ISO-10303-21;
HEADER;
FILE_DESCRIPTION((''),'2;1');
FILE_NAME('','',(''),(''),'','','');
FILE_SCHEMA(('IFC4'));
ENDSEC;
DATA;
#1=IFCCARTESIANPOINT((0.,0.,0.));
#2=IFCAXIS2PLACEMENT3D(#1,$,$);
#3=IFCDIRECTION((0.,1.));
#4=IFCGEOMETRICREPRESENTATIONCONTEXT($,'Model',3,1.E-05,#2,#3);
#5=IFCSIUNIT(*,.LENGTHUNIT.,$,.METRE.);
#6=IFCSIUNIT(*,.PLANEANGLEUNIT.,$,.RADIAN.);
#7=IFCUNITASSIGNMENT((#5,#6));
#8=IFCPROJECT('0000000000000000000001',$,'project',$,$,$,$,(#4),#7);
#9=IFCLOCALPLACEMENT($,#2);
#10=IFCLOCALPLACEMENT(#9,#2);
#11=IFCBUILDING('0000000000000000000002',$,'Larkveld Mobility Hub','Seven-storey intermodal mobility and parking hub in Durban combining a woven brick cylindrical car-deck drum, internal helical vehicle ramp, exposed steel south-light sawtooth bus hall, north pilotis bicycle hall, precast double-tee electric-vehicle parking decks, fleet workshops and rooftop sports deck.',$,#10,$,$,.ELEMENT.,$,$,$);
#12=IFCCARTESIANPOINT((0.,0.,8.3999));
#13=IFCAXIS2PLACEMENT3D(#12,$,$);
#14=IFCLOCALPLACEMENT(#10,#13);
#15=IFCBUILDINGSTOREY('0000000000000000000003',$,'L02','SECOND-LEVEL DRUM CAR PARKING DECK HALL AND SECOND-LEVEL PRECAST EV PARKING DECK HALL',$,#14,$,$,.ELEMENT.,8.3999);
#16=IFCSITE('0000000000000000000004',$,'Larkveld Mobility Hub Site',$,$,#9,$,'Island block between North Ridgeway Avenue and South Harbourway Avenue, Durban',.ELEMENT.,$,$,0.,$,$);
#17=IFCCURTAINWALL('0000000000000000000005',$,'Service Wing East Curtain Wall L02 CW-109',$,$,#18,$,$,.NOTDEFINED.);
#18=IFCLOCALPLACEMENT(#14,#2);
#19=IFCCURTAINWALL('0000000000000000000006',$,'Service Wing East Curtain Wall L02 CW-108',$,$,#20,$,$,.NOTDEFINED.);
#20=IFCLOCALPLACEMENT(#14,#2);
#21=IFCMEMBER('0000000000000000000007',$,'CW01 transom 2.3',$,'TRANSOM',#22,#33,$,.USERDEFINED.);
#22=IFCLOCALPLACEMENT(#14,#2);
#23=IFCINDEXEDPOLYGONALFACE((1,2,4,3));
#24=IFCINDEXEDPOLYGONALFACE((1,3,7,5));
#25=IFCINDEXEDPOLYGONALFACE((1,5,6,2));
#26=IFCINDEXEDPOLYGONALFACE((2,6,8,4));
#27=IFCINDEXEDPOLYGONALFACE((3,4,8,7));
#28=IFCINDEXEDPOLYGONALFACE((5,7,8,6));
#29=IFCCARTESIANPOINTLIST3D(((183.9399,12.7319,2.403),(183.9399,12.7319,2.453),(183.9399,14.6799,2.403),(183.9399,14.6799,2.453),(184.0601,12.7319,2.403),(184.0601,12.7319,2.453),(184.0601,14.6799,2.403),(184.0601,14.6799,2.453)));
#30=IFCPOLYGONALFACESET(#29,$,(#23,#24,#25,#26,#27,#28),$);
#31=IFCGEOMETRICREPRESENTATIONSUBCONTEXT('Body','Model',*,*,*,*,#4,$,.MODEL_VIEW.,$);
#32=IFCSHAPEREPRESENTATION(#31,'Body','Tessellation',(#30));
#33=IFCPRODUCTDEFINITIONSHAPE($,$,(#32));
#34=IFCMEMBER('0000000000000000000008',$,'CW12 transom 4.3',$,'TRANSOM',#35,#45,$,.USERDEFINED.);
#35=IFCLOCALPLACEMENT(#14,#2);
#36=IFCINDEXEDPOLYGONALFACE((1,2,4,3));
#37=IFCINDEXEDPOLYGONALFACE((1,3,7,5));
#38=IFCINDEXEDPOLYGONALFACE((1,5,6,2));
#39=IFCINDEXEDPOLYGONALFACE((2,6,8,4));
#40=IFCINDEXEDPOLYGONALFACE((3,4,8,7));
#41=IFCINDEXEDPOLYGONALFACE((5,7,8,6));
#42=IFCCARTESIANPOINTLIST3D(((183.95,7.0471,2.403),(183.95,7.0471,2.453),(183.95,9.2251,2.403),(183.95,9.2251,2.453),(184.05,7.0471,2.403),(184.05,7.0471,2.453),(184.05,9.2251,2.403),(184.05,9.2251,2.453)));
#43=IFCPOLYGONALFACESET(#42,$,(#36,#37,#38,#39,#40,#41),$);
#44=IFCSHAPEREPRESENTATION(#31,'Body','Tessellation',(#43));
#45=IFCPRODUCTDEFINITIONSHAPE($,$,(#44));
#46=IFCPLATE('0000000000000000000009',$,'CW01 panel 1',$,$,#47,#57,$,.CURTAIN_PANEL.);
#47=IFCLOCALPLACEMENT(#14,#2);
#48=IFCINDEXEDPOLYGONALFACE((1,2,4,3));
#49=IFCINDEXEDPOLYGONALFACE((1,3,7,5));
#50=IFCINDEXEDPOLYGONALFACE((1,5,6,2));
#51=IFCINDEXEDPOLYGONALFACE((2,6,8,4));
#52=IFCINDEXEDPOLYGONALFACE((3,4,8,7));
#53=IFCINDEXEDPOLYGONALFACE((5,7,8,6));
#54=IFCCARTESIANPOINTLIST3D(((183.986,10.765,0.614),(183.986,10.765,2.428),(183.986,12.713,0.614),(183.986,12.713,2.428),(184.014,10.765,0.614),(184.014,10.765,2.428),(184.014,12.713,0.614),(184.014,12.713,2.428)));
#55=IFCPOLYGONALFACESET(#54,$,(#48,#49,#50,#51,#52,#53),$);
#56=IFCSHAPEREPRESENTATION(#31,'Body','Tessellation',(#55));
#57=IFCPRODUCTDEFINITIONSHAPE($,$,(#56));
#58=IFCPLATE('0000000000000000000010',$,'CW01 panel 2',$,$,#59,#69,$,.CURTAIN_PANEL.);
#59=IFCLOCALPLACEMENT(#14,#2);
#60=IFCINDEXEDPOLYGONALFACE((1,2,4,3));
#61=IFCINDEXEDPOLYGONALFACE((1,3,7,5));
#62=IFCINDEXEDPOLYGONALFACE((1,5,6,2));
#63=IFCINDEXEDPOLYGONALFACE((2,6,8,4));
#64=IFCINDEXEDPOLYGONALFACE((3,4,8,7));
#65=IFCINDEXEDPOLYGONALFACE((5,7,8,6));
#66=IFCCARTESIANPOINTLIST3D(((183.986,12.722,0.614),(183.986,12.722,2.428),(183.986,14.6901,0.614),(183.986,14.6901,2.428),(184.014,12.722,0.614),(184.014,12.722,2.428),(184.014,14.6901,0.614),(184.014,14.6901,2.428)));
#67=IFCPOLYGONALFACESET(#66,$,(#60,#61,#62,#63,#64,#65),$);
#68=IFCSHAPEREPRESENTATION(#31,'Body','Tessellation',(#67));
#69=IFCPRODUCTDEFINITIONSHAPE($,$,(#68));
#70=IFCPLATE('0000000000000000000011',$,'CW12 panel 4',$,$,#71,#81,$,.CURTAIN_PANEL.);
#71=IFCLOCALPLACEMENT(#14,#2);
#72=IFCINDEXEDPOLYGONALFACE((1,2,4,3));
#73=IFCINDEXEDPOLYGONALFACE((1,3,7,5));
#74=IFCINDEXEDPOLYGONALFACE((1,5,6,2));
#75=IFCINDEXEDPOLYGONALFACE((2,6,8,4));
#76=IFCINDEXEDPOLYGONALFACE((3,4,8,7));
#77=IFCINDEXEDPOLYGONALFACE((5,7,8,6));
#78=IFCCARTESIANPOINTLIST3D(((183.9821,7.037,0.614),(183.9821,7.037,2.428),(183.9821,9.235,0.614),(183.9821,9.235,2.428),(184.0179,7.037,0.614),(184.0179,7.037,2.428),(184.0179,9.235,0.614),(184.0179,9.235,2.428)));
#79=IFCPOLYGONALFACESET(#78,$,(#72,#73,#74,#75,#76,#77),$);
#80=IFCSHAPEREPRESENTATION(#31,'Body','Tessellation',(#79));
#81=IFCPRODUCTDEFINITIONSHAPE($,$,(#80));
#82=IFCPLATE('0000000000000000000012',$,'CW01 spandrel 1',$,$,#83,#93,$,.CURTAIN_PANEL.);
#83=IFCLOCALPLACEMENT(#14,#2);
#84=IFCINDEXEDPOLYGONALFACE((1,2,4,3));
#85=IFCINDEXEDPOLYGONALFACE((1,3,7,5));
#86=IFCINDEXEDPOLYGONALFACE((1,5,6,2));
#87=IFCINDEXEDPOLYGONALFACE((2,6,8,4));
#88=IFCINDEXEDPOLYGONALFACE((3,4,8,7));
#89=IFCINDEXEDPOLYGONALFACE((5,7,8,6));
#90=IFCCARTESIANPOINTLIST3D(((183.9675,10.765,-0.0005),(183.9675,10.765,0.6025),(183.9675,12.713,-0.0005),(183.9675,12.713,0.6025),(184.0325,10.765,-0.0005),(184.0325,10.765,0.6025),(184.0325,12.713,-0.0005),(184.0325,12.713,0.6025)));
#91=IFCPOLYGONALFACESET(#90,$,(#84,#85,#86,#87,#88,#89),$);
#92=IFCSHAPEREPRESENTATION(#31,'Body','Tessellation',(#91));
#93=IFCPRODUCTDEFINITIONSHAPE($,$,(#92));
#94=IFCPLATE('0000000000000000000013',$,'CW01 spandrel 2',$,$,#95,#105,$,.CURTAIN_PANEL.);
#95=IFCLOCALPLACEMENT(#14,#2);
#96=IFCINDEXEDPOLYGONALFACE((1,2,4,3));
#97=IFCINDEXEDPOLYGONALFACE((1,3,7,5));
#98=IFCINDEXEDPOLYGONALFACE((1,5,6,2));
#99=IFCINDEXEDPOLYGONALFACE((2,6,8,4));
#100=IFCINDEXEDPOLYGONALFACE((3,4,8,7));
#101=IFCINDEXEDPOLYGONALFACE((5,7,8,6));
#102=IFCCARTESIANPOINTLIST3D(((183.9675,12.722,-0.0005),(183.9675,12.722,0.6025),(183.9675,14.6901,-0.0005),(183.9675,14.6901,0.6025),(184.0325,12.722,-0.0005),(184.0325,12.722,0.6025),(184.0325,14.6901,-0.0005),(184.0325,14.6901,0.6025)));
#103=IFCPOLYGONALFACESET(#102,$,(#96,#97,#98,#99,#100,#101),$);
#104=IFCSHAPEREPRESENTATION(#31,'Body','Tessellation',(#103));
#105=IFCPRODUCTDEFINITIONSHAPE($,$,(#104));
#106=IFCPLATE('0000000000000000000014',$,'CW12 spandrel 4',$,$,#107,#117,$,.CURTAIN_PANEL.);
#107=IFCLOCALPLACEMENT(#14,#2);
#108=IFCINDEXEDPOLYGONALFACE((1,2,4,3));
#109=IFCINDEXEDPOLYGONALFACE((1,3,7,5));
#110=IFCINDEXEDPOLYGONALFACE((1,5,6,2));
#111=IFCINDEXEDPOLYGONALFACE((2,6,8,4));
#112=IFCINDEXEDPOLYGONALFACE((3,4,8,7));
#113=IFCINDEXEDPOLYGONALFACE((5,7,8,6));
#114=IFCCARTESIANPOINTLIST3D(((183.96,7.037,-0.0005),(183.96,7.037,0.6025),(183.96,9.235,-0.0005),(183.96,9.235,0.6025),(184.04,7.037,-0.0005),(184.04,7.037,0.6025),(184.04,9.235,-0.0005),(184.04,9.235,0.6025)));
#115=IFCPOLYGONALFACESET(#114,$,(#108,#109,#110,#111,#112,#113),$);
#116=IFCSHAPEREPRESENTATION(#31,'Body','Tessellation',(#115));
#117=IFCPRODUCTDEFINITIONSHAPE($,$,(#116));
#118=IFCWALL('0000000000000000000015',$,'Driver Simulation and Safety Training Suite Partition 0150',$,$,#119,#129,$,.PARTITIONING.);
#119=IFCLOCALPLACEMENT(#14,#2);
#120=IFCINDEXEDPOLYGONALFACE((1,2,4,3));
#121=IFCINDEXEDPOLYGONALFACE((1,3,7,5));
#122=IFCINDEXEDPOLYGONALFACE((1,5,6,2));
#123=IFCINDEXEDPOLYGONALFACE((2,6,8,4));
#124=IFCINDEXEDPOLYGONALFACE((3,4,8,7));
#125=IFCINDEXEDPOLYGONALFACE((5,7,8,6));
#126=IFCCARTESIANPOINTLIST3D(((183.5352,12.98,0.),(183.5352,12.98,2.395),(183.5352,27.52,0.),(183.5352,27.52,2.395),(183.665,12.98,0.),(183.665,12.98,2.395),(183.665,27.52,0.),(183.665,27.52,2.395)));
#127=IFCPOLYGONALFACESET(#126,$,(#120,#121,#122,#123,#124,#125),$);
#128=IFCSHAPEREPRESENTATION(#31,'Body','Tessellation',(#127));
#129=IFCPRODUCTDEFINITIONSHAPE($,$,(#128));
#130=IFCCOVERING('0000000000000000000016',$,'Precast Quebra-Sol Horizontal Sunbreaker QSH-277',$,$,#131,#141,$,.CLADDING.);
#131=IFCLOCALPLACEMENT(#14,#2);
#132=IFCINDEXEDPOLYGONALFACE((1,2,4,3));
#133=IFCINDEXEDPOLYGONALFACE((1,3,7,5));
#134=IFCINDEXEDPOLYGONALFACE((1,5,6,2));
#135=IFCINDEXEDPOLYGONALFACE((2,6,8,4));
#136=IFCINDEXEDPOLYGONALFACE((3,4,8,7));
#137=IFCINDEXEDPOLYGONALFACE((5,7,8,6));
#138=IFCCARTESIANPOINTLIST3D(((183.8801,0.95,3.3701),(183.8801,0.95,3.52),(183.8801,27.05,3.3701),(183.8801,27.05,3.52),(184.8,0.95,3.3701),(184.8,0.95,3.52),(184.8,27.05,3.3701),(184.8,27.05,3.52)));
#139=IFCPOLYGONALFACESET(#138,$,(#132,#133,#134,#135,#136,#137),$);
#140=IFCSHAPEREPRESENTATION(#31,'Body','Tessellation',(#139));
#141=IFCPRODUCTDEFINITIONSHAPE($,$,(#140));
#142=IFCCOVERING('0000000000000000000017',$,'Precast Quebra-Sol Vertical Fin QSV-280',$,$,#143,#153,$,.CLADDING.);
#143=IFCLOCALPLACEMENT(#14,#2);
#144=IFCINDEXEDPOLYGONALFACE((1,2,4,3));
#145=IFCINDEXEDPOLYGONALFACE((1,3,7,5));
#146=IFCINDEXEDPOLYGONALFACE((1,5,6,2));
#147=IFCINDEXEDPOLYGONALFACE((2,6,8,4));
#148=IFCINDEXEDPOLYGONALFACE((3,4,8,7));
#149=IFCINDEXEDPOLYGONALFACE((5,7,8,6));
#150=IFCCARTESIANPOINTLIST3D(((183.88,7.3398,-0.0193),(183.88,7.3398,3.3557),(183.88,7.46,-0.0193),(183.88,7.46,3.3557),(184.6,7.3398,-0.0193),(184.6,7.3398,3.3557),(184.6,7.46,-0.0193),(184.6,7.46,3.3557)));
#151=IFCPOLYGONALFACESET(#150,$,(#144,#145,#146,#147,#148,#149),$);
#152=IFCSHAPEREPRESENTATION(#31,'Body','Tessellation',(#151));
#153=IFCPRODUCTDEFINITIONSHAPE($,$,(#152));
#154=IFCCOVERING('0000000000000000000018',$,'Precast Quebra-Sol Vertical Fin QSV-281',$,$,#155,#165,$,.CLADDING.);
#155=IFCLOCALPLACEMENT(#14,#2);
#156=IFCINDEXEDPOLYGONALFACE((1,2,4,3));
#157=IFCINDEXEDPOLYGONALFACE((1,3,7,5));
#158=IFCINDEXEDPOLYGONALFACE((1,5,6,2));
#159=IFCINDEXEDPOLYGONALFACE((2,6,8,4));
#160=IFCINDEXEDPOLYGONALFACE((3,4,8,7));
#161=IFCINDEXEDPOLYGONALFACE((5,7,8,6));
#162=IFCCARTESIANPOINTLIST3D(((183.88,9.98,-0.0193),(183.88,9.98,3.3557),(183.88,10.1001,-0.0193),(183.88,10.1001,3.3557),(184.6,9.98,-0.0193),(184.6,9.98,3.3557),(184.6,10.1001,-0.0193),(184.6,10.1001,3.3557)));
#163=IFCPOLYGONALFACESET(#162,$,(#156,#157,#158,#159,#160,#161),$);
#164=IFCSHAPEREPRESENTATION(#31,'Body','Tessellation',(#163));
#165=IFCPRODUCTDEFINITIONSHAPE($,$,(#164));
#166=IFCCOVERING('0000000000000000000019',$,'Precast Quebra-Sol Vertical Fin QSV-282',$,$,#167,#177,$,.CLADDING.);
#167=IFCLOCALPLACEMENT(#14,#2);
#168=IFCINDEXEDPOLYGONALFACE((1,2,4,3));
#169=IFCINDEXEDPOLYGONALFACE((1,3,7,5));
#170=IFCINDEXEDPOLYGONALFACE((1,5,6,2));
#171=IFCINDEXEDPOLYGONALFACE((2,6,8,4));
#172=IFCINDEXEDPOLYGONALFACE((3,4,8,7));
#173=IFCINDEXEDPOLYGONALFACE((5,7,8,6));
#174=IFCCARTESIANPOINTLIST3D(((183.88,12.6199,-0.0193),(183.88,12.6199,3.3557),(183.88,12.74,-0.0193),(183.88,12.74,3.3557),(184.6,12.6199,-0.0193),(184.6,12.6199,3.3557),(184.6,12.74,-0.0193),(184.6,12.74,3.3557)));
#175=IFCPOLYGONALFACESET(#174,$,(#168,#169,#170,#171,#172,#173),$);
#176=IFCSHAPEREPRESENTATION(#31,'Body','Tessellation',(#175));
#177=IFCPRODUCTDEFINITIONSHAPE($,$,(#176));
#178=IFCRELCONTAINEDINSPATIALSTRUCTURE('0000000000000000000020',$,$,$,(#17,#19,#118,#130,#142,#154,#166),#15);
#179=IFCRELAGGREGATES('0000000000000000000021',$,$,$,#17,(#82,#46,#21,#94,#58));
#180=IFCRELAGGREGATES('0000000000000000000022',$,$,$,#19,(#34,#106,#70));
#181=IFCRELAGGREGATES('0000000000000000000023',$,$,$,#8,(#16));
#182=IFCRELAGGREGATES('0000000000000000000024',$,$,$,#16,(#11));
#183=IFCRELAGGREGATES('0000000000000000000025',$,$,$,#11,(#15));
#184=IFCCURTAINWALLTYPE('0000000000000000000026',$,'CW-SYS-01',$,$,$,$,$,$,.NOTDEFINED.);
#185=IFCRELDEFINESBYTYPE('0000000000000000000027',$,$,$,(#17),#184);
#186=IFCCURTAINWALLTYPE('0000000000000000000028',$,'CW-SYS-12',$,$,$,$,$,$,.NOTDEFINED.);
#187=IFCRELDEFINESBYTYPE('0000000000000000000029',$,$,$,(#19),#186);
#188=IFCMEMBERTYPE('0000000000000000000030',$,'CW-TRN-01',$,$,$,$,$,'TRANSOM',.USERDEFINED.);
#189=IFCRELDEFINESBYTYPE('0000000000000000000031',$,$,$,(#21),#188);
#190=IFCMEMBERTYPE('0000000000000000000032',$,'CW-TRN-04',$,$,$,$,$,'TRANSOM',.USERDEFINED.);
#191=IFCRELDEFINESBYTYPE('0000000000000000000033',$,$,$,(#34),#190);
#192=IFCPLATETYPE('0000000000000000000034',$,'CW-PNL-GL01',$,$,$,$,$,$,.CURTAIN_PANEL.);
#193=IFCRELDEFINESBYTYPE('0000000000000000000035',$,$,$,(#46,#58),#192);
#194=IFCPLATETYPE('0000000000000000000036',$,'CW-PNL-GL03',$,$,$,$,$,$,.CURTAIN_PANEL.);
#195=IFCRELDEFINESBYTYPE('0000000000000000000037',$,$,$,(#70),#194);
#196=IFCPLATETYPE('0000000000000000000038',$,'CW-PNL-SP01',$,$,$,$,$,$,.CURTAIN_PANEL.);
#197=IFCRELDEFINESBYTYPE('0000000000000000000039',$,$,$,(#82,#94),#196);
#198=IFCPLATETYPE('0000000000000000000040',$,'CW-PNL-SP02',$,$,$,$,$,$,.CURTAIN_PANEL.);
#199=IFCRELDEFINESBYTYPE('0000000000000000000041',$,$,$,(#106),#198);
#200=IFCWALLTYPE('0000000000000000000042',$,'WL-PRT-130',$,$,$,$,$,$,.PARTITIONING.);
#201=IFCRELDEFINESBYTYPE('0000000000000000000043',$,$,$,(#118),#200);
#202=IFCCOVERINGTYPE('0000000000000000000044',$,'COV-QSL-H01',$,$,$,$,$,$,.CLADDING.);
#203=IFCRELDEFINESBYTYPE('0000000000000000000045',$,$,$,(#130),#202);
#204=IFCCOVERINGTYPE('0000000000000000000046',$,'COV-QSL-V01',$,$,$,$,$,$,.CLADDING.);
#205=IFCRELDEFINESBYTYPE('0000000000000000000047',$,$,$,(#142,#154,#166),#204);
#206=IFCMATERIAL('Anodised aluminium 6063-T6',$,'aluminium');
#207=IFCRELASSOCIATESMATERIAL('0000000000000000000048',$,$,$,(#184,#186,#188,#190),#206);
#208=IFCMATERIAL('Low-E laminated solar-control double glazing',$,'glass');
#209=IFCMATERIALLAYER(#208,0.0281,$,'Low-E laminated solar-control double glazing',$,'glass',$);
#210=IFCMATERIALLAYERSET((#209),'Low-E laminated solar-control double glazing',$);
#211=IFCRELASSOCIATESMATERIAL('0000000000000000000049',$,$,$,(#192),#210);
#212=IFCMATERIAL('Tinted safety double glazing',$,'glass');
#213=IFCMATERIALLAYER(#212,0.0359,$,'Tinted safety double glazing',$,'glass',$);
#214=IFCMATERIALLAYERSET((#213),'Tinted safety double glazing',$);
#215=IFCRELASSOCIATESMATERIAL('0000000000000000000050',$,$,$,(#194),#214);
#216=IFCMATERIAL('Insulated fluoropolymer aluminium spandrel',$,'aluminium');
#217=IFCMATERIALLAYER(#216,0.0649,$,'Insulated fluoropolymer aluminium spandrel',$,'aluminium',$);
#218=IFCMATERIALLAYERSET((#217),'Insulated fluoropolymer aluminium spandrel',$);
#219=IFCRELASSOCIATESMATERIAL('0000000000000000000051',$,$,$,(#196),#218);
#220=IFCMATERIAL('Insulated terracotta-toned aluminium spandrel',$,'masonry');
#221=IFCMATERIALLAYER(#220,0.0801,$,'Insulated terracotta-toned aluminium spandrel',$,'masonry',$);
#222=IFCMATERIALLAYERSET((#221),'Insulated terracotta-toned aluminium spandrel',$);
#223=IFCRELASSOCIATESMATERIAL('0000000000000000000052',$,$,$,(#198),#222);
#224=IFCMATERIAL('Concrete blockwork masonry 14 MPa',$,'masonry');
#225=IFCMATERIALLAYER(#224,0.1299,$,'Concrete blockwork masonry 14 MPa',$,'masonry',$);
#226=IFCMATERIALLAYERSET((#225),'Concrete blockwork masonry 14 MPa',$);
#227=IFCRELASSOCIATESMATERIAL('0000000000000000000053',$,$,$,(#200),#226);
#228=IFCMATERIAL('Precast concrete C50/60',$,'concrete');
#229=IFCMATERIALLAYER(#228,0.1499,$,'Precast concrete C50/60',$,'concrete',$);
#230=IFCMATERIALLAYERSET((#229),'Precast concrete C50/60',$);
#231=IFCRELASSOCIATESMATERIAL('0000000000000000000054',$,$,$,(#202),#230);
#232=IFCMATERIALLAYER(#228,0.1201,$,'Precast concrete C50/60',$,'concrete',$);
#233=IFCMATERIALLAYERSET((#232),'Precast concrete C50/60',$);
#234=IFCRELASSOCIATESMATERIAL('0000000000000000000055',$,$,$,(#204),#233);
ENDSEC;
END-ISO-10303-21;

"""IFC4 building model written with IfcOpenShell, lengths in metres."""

from ifc_helpers import new_model, si_unit, direction, frame, frame_2d, origin, origin_2d, place, context, subcontext, project, spatial, rectangle, extrude, material, layer, layer_set, material_profile, profile_set, type_object, element, aggregate, save


model = new_model("IFC4")

# Units and contexts
model_context = context("Model", 3, precision=1e-05, world=origin(), true_north=direction((0.0, 1.0)))
body_context = subcontext(model_context, "Body", "Model", "MODEL_VIEW")
ifc_project = project(units=[si_unit("LENGTHUNIT", "METRE"), si_unit("PLANEANGLEUNIT", "RADIAN")], contexts=[model_context])

# Site, building, storey
site_placement = place(None, origin())
site = spatial("IfcSite", under=ifc_project, at=site_placement, Name="Larkveld Mobility Hub Site", LongName="Island block between North Ridgeway Avenue and South Harbourway Avenue, Durban", CompositionType="ELEMENT", RefElevation=0.0)
building_placement = place(site_placement, origin())
building = spatial("IfcBuilding", under=site, at=building_placement, Name="Larkveld Mobility Hub", Description="Seven-storey intermodal mobility and parking hub in Durban combining a woven brick cylindrical car-deck drum, internal helical vehicle ramp, exposed steel south-light sawtooth bus hall, north pilotis bicycle hall, precast double-tee electric-vehicle parking decks, fleet workshops and rooftop sports deck.", CompositionType="ELEMENT")
storey_placement = place(building_placement, frame((0.0, 0.0, 8.3999)))
storey = spatial("IfcBuildingStorey", under=building, at=storey_placement, Name="L02", Description="SECOND-LEVEL DRUM CAR PARKING DECK HALL AND SECOND-LEVEL PRECAST EV PARKING DECK HALL", CompositionType="ELEMENT", Elevation=8.3999)

# Shared definitions
ifc_material_1 = material(Name="Precast concrete C50/60", Category="concrete")

# Curtain wall
ifc_material_2 = material(Name="Anodised aluminium 6063-T6", Category="aluminium")
curtain_wall_type_1 = type_object("IfcCurtainWallType", Name="CW-SYS-01", PredefinedType="NOTDEFINED", material=ifc_material_2)
curtain_wall_1_placement = place(storey_placement, origin())
curtain_wall_1 = element("IfcCurtainWall", 1, at=curtain_wall_1_placement, inside=storey, type_object=curtain_wall_type_1, Name="Service Wing East Curtain Wall L02 CW-109", PredefinedType="NOTDEFINED")

# Curtain wall
curtain_wall_type_2 = type_object("IfcCurtainWallType", Name="CW-SYS-12", PredefinedType="NOTDEFINED", material=ifc_material_2)
curtain_wall_2_placement = place(storey_placement, origin())
curtain_wall_2 = element("IfcCurtainWall", 2, at=curtain_wall_2_placement, inside=storey, type_object=curtain_wall_type_2, Name="Service Wing East Curtain Wall L02 CW-108", PredefinedType="NOTDEFINED")

# Members
ifc_material_profile_1 = material_profile(ifc_material_2, rectangle(XDim=0.1201, YDim=0.05, at=origin_2d()), Name="ALU TRAN 50x120")
ifc_profile_set_1 = profile_set([ifc_material_profile_1], Name="Anodised aluminium 6063-T6")
member_type_1 = type_object("IfcMemberType", Name="CW-TRN-01", ElementType="TRANSOM", PredefinedType="USERDEFINED", material=ifc_profile_set_1)
member_1_placement = place(storey_placement, frame((184.0, 12.7319, 2.428), z_axis=(0.0, 1.0, 0.0), x_axis=(-1.0, 0.0, 0.0)))
member_1 = element("IfcMember", 3, at=member_1_placement, type_object=member_type_1, Name="CW01 transom 2.3", ObjectType="TRANSOM", PredefinedType="USERDEFINED", context=body_context, shape_type="SweptSolid", body=[
    extrude(rectangle(XDim=0.1201, YDim=0.05, at=origin_2d()), origin(), (0.0, 0.0, 1.0), 1.948),
])
ifc_material_profile_2 = material_profile(ifc_material_2, rectangle(XDim=0.1001, YDim=0.05, at=origin_2d()), Name="ALU TRAN 50x100")
ifc_profile_set_2 = profile_set([ifc_material_profile_2], Name="Anodised aluminium 6063-T6")
member_type_2 = type_object("IfcMemberType", Name="CW-TRN-04", ElementType="TRANSOM", PredefinedType="USERDEFINED", material=ifc_profile_set_2)
member_2_placement = place(storey_placement, frame((184.0, 7.0471, 2.428), z_axis=(0.0, 1.0, 0.0), x_axis=(-1.0, 0.0, 0.0)))
member_2 = element("IfcMember", 4, at=member_2_placement, type_object=member_type_2, Name="CW12 transom 4.3", ObjectType="TRANSOM", PredefinedType="USERDEFINED", context=body_context, shape_type="SweptSolid", body=[
    extrude(rectangle(XDim=0.1001, YDim=0.05, at=origin_2d()), origin(), (0.0, 0.0, 1.0), 2.178),
])

# Plates
ifc_material_3 = material(Name="Low-E laminated solar-control double glazing", Category="glass")
ifc_layer_1 = layer(ifc_material_3, 0.0281, Name="Low-E laminated solar-control double glazing", Category="glass")
ifc_layer_set_1 = layer_set([ifc_layer_1], Name="Low-E laminated solar-control double glazing")
plate_type_1 = type_object("IfcPlateType", Name="CW-PNL-GL01", PredefinedType="CURTAIN_PANEL", material=ifc_layer_set_1)
plate_1_placement = place(storey_placement, frame((184.0, 11.739, 0.614), z_axis=(0.0, 0.0, 1.0), x_axis=(0.0, 1.0, 0.0)))
plate_1 = element("IfcPlate", 5, at=plate_1_placement, type_object=plate_type_1, Name="CW01 panel 1", PredefinedType="CURTAIN_PANEL", context=body_context, shape_type="SweptSolid", body=[
    extrude(rectangle(XDim=1.948, YDim=0.0281, at=origin_2d()), origin(), (0.0, 0.0, 1.0), 1.814),
])
plate_2_placement = place(storey_placement, frame((184.0, 13.7061, 0.614), z_axis=(0.0, 0.0, 1.0), x_axis=(0.0, 1.0, 0.0)))
plate_2 = element("IfcPlate", 6, at=plate_2_placement, type_object=plate_type_1, Name="CW01 panel 2", PredefinedType="CURTAIN_PANEL", context=body_context, shape_type="SweptSolid", body=[
    extrude(rectangle(XDim=1.968, YDim=0.0281, at=origin_2d()), origin(), (0.0, 0.0, 1.0), 1.814),
])
ifc_material_4 = material(Name="Tinted safety double glazing", Category="glass")
ifc_layer_2 = layer(ifc_material_4, 0.0359, Name="Tinted safety double glazing", Category="glass")
ifc_layer_set_2 = layer_set([ifc_layer_2], Name="Tinted safety double glazing")
plate_type_2 = type_object("IfcPlateType", Name="CW-PNL-GL03", PredefinedType="CURTAIN_PANEL", material=ifc_layer_set_2)
plate_3_placement = place(storey_placement, frame((184.0, 8.136, 0.614), z_axis=(0.0, 0.0, 1.0), x_axis=(0.0, 1.0, 0.0)))
plate_3 = element("IfcPlate", 7, at=plate_3_placement, type_object=plate_type_2, Name="CW12 panel 4", PredefinedType="CURTAIN_PANEL", context=body_context, shape_type="SweptSolid", body=[
    extrude(rectangle(XDim=2.198, YDim=0.0359, at=origin_2d()), origin(), (0.0, 0.0, 1.0), 1.814),
])
ifc_material_5 = material(Name="Insulated fluoropolymer aluminium spandrel", Category="aluminium")
ifc_layer_3 = layer(ifc_material_5, 0.0649, Name="Insulated fluoropolymer aluminium spandrel", Category="aluminium")
ifc_layer_set_3 = layer_set([ifc_layer_3], Name="Insulated fluoropolymer aluminium spandrel")
plate_type_3 = type_object("IfcPlateType", Name="CW-PNL-SP01", PredefinedType="CURTAIN_PANEL", material=ifc_layer_set_3)
plate_4_placement = place(storey_placement, frame((184.0, 11.739, -0.0005), z_axis=(0.0, 0.0, 1.0), x_axis=(0.0, 1.0, 0.0)))
plate_4 = element("IfcPlate", 8, at=plate_4_placement, type_object=plate_type_3, Name="CW01 spandrel 1", PredefinedType="CURTAIN_PANEL", context=body_context, shape_type="SweptSolid", body=[
    extrude(rectangle(XDim=1.948, YDim=0.0649, at=origin_2d()), origin(), (0.0, 0.0, 1.0), 0.603),
])
plate_5_placement = place(storey_placement, frame((184.0, 13.7061, -0.0005), z_axis=(0.0, 0.0, 1.0), x_axis=(0.0, 1.0, 0.0)))
plate_5 = element("IfcPlate", 9, at=plate_5_placement, type_object=plate_type_3, Name="CW01 spandrel 2", PredefinedType="CURTAIN_PANEL", context=body_context, shape_type="SweptSolid", body=[
    extrude(rectangle(XDim=1.968, YDim=0.0649, at=origin_2d()), origin(), (0.0, 0.0, 1.0), 0.603),
])
aggregate(curtain_wall_1, [plate_4, plate_1, member_1, plate_5, plate_2])
ifc_material_6 = material(Name="Insulated terracotta-toned aluminium spandrel", Category="masonry")
ifc_layer_4 = layer(ifc_material_6, 0.0801, Name="Insulated terracotta-toned aluminium spandrel", Category="masonry")
ifc_layer_set_4 = layer_set([ifc_layer_4], Name="Insulated terracotta-toned aluminium spandrel")
plate_type_4 = type_object("IfcPlateType", Name="CW-PNL-SP02", PredefinedType="CURTAIN_PANEL", material=ifc_layer_set_4)
plate_6_placement = place(storey_placement, frame((184.0, 8.136, -0.0005), z_axis=(0.0, 0.0, 1.0), x_axis=(0.0, 1.0, 0.0)))
plate_6 = element("IfcPlate", 10, at=plate_6_placement, type_object=plate_type_4, Name="CW12 spandrel 4", PredefinedType="CURTAIN_PANEL", context=body_context, shape_type="SweptSolid", body=[
    extrude(rectangle(XDim=2.198, YDim=0.0801, at=origin_2d()), origin(), (0.0, 0.0, 1.0), 0.603),
])
aggregate(curtain_wall_2, [member_2, plate_6, plate_3])

# Wall
ifc_material_7 = material(Name="Concrete blockwork masonry 14 MPa", Category="masonry")
ifc_layer_5 = layer(ifc_material_7, 0.1299, Name="Concrete blockwork masonry 14 MPa", Category="masonry")
ifc_layer_set_5 = layer_set([ifc_layer_5], Name="Concrete blockwork masonry 14 MPa")
wall_type = type_object("IfcWallType", Name="WL-PRT-130", PredefinedType="PARTITIONING", material=ifc_layer_set_5)
wall_placement = place(storey_placement, frame((183.6001, 12.98, 0.0), z_axis=(0.0, 0.0, 1.0), x_axis=(0.0, 1.0, 0.0)))
element("IfcWall", 11, at=wall_placement, inside=storey, type_object=wall_type, Name="Driver Simulation and Safety Training Suite Partition 0150", PredefinedType="PARTITIONING", context=body_context, shape_type="SweptSolid", body=[
    extrude(rectangle(XDim=14.54, YDim=0.1299, at=frame_2d((7.27, 0.0))), origin(), (0.0, 0.0, 1.0), 2.395),
])

# Coverings
ifc_layer_6 = layer(ifc_material_1, 0.1499, Name="Precast concrete C50/60", Category="concrete")
ifc_layer_set_6 = layer_set([ifc_layer_6], Name="Precast concrete C50/60")
covering_type_1 = type_object("IfcCoveringType", Name="COV-QSL-H01", PredefinedType="CLADDING", material=ifc_layer_set_6)
covering_placement = place(storey_placement, frame((184.3401, 14.0, 3.3701), z_axis=(0.0, 0.0, 1.0), x_axis=(0.0, 1.0, 0.0)))
element("IfcCovering", 12, at=covering_placement, inside=storey, type_object=covering_type_1, Name="Precast Quebra-Sol Horizontal Sunbreaker QSH-277", PredefinedType="CLADDING", context=body_context, shape_type="SweptSolid", body=[
    extrude(rectangle(XDim=26.1001, YDim=0.9199, at=origin_2d()), origin(), (0.0, 0.0, 1.0), 0.1499),
])
ifc_layer_7 = layer(ifc_material_1, 0.1201, Name="Precast concrete C50/60", Category="concrete")
ifc_layer_set_7 = layer_set([ifc_layer_7], Name="Precast concrete C50/60")
covering_type_2 = type_object("IfcCoveringType", Name="COV-QSL-V01", PredefinedType="CLADDING", material=ifc_layer_set_7)
for number, where, z_axis, x_axis, name in (
    (13, (184.24, 7.3999, -0.0193), (0.0, 0.0, 1.0), (0.0, 1.0, 0.0), "Precast Quebra-Sol Vertical Fin QSV-280"),
    (14, (184.24, 10.04, -0.0193), (0.0, 0.0, 1.0), (0.0, 1.0, 0.0), "Precast Quebra-Sol Vertical Fin QSV-281"),
    (15, (184.24, 12.6799, -0.0193), (0.0, 0.0, 1.0), (0.0, 1.0, 0.0), "Precast Quebra-Sol Vertical Fin QSV-282"),
):
    element("IfcCovering", number, at=place(storey_placement, frame(where, z_axis=z_axis, x_axis=x_axis)), inside=storey, type_object=covering_type_2, Name=name, PredefinedType="CLADDING", context=body_context, shape_type="SweptSolid", body=[
        extrude(rectangle(XDim=0.1201, YDim=0.72, at=origin_2d()), origin(), (0.0, 0.0, 1.0), 3.375),
    ])

save(model, "model.ifc")
